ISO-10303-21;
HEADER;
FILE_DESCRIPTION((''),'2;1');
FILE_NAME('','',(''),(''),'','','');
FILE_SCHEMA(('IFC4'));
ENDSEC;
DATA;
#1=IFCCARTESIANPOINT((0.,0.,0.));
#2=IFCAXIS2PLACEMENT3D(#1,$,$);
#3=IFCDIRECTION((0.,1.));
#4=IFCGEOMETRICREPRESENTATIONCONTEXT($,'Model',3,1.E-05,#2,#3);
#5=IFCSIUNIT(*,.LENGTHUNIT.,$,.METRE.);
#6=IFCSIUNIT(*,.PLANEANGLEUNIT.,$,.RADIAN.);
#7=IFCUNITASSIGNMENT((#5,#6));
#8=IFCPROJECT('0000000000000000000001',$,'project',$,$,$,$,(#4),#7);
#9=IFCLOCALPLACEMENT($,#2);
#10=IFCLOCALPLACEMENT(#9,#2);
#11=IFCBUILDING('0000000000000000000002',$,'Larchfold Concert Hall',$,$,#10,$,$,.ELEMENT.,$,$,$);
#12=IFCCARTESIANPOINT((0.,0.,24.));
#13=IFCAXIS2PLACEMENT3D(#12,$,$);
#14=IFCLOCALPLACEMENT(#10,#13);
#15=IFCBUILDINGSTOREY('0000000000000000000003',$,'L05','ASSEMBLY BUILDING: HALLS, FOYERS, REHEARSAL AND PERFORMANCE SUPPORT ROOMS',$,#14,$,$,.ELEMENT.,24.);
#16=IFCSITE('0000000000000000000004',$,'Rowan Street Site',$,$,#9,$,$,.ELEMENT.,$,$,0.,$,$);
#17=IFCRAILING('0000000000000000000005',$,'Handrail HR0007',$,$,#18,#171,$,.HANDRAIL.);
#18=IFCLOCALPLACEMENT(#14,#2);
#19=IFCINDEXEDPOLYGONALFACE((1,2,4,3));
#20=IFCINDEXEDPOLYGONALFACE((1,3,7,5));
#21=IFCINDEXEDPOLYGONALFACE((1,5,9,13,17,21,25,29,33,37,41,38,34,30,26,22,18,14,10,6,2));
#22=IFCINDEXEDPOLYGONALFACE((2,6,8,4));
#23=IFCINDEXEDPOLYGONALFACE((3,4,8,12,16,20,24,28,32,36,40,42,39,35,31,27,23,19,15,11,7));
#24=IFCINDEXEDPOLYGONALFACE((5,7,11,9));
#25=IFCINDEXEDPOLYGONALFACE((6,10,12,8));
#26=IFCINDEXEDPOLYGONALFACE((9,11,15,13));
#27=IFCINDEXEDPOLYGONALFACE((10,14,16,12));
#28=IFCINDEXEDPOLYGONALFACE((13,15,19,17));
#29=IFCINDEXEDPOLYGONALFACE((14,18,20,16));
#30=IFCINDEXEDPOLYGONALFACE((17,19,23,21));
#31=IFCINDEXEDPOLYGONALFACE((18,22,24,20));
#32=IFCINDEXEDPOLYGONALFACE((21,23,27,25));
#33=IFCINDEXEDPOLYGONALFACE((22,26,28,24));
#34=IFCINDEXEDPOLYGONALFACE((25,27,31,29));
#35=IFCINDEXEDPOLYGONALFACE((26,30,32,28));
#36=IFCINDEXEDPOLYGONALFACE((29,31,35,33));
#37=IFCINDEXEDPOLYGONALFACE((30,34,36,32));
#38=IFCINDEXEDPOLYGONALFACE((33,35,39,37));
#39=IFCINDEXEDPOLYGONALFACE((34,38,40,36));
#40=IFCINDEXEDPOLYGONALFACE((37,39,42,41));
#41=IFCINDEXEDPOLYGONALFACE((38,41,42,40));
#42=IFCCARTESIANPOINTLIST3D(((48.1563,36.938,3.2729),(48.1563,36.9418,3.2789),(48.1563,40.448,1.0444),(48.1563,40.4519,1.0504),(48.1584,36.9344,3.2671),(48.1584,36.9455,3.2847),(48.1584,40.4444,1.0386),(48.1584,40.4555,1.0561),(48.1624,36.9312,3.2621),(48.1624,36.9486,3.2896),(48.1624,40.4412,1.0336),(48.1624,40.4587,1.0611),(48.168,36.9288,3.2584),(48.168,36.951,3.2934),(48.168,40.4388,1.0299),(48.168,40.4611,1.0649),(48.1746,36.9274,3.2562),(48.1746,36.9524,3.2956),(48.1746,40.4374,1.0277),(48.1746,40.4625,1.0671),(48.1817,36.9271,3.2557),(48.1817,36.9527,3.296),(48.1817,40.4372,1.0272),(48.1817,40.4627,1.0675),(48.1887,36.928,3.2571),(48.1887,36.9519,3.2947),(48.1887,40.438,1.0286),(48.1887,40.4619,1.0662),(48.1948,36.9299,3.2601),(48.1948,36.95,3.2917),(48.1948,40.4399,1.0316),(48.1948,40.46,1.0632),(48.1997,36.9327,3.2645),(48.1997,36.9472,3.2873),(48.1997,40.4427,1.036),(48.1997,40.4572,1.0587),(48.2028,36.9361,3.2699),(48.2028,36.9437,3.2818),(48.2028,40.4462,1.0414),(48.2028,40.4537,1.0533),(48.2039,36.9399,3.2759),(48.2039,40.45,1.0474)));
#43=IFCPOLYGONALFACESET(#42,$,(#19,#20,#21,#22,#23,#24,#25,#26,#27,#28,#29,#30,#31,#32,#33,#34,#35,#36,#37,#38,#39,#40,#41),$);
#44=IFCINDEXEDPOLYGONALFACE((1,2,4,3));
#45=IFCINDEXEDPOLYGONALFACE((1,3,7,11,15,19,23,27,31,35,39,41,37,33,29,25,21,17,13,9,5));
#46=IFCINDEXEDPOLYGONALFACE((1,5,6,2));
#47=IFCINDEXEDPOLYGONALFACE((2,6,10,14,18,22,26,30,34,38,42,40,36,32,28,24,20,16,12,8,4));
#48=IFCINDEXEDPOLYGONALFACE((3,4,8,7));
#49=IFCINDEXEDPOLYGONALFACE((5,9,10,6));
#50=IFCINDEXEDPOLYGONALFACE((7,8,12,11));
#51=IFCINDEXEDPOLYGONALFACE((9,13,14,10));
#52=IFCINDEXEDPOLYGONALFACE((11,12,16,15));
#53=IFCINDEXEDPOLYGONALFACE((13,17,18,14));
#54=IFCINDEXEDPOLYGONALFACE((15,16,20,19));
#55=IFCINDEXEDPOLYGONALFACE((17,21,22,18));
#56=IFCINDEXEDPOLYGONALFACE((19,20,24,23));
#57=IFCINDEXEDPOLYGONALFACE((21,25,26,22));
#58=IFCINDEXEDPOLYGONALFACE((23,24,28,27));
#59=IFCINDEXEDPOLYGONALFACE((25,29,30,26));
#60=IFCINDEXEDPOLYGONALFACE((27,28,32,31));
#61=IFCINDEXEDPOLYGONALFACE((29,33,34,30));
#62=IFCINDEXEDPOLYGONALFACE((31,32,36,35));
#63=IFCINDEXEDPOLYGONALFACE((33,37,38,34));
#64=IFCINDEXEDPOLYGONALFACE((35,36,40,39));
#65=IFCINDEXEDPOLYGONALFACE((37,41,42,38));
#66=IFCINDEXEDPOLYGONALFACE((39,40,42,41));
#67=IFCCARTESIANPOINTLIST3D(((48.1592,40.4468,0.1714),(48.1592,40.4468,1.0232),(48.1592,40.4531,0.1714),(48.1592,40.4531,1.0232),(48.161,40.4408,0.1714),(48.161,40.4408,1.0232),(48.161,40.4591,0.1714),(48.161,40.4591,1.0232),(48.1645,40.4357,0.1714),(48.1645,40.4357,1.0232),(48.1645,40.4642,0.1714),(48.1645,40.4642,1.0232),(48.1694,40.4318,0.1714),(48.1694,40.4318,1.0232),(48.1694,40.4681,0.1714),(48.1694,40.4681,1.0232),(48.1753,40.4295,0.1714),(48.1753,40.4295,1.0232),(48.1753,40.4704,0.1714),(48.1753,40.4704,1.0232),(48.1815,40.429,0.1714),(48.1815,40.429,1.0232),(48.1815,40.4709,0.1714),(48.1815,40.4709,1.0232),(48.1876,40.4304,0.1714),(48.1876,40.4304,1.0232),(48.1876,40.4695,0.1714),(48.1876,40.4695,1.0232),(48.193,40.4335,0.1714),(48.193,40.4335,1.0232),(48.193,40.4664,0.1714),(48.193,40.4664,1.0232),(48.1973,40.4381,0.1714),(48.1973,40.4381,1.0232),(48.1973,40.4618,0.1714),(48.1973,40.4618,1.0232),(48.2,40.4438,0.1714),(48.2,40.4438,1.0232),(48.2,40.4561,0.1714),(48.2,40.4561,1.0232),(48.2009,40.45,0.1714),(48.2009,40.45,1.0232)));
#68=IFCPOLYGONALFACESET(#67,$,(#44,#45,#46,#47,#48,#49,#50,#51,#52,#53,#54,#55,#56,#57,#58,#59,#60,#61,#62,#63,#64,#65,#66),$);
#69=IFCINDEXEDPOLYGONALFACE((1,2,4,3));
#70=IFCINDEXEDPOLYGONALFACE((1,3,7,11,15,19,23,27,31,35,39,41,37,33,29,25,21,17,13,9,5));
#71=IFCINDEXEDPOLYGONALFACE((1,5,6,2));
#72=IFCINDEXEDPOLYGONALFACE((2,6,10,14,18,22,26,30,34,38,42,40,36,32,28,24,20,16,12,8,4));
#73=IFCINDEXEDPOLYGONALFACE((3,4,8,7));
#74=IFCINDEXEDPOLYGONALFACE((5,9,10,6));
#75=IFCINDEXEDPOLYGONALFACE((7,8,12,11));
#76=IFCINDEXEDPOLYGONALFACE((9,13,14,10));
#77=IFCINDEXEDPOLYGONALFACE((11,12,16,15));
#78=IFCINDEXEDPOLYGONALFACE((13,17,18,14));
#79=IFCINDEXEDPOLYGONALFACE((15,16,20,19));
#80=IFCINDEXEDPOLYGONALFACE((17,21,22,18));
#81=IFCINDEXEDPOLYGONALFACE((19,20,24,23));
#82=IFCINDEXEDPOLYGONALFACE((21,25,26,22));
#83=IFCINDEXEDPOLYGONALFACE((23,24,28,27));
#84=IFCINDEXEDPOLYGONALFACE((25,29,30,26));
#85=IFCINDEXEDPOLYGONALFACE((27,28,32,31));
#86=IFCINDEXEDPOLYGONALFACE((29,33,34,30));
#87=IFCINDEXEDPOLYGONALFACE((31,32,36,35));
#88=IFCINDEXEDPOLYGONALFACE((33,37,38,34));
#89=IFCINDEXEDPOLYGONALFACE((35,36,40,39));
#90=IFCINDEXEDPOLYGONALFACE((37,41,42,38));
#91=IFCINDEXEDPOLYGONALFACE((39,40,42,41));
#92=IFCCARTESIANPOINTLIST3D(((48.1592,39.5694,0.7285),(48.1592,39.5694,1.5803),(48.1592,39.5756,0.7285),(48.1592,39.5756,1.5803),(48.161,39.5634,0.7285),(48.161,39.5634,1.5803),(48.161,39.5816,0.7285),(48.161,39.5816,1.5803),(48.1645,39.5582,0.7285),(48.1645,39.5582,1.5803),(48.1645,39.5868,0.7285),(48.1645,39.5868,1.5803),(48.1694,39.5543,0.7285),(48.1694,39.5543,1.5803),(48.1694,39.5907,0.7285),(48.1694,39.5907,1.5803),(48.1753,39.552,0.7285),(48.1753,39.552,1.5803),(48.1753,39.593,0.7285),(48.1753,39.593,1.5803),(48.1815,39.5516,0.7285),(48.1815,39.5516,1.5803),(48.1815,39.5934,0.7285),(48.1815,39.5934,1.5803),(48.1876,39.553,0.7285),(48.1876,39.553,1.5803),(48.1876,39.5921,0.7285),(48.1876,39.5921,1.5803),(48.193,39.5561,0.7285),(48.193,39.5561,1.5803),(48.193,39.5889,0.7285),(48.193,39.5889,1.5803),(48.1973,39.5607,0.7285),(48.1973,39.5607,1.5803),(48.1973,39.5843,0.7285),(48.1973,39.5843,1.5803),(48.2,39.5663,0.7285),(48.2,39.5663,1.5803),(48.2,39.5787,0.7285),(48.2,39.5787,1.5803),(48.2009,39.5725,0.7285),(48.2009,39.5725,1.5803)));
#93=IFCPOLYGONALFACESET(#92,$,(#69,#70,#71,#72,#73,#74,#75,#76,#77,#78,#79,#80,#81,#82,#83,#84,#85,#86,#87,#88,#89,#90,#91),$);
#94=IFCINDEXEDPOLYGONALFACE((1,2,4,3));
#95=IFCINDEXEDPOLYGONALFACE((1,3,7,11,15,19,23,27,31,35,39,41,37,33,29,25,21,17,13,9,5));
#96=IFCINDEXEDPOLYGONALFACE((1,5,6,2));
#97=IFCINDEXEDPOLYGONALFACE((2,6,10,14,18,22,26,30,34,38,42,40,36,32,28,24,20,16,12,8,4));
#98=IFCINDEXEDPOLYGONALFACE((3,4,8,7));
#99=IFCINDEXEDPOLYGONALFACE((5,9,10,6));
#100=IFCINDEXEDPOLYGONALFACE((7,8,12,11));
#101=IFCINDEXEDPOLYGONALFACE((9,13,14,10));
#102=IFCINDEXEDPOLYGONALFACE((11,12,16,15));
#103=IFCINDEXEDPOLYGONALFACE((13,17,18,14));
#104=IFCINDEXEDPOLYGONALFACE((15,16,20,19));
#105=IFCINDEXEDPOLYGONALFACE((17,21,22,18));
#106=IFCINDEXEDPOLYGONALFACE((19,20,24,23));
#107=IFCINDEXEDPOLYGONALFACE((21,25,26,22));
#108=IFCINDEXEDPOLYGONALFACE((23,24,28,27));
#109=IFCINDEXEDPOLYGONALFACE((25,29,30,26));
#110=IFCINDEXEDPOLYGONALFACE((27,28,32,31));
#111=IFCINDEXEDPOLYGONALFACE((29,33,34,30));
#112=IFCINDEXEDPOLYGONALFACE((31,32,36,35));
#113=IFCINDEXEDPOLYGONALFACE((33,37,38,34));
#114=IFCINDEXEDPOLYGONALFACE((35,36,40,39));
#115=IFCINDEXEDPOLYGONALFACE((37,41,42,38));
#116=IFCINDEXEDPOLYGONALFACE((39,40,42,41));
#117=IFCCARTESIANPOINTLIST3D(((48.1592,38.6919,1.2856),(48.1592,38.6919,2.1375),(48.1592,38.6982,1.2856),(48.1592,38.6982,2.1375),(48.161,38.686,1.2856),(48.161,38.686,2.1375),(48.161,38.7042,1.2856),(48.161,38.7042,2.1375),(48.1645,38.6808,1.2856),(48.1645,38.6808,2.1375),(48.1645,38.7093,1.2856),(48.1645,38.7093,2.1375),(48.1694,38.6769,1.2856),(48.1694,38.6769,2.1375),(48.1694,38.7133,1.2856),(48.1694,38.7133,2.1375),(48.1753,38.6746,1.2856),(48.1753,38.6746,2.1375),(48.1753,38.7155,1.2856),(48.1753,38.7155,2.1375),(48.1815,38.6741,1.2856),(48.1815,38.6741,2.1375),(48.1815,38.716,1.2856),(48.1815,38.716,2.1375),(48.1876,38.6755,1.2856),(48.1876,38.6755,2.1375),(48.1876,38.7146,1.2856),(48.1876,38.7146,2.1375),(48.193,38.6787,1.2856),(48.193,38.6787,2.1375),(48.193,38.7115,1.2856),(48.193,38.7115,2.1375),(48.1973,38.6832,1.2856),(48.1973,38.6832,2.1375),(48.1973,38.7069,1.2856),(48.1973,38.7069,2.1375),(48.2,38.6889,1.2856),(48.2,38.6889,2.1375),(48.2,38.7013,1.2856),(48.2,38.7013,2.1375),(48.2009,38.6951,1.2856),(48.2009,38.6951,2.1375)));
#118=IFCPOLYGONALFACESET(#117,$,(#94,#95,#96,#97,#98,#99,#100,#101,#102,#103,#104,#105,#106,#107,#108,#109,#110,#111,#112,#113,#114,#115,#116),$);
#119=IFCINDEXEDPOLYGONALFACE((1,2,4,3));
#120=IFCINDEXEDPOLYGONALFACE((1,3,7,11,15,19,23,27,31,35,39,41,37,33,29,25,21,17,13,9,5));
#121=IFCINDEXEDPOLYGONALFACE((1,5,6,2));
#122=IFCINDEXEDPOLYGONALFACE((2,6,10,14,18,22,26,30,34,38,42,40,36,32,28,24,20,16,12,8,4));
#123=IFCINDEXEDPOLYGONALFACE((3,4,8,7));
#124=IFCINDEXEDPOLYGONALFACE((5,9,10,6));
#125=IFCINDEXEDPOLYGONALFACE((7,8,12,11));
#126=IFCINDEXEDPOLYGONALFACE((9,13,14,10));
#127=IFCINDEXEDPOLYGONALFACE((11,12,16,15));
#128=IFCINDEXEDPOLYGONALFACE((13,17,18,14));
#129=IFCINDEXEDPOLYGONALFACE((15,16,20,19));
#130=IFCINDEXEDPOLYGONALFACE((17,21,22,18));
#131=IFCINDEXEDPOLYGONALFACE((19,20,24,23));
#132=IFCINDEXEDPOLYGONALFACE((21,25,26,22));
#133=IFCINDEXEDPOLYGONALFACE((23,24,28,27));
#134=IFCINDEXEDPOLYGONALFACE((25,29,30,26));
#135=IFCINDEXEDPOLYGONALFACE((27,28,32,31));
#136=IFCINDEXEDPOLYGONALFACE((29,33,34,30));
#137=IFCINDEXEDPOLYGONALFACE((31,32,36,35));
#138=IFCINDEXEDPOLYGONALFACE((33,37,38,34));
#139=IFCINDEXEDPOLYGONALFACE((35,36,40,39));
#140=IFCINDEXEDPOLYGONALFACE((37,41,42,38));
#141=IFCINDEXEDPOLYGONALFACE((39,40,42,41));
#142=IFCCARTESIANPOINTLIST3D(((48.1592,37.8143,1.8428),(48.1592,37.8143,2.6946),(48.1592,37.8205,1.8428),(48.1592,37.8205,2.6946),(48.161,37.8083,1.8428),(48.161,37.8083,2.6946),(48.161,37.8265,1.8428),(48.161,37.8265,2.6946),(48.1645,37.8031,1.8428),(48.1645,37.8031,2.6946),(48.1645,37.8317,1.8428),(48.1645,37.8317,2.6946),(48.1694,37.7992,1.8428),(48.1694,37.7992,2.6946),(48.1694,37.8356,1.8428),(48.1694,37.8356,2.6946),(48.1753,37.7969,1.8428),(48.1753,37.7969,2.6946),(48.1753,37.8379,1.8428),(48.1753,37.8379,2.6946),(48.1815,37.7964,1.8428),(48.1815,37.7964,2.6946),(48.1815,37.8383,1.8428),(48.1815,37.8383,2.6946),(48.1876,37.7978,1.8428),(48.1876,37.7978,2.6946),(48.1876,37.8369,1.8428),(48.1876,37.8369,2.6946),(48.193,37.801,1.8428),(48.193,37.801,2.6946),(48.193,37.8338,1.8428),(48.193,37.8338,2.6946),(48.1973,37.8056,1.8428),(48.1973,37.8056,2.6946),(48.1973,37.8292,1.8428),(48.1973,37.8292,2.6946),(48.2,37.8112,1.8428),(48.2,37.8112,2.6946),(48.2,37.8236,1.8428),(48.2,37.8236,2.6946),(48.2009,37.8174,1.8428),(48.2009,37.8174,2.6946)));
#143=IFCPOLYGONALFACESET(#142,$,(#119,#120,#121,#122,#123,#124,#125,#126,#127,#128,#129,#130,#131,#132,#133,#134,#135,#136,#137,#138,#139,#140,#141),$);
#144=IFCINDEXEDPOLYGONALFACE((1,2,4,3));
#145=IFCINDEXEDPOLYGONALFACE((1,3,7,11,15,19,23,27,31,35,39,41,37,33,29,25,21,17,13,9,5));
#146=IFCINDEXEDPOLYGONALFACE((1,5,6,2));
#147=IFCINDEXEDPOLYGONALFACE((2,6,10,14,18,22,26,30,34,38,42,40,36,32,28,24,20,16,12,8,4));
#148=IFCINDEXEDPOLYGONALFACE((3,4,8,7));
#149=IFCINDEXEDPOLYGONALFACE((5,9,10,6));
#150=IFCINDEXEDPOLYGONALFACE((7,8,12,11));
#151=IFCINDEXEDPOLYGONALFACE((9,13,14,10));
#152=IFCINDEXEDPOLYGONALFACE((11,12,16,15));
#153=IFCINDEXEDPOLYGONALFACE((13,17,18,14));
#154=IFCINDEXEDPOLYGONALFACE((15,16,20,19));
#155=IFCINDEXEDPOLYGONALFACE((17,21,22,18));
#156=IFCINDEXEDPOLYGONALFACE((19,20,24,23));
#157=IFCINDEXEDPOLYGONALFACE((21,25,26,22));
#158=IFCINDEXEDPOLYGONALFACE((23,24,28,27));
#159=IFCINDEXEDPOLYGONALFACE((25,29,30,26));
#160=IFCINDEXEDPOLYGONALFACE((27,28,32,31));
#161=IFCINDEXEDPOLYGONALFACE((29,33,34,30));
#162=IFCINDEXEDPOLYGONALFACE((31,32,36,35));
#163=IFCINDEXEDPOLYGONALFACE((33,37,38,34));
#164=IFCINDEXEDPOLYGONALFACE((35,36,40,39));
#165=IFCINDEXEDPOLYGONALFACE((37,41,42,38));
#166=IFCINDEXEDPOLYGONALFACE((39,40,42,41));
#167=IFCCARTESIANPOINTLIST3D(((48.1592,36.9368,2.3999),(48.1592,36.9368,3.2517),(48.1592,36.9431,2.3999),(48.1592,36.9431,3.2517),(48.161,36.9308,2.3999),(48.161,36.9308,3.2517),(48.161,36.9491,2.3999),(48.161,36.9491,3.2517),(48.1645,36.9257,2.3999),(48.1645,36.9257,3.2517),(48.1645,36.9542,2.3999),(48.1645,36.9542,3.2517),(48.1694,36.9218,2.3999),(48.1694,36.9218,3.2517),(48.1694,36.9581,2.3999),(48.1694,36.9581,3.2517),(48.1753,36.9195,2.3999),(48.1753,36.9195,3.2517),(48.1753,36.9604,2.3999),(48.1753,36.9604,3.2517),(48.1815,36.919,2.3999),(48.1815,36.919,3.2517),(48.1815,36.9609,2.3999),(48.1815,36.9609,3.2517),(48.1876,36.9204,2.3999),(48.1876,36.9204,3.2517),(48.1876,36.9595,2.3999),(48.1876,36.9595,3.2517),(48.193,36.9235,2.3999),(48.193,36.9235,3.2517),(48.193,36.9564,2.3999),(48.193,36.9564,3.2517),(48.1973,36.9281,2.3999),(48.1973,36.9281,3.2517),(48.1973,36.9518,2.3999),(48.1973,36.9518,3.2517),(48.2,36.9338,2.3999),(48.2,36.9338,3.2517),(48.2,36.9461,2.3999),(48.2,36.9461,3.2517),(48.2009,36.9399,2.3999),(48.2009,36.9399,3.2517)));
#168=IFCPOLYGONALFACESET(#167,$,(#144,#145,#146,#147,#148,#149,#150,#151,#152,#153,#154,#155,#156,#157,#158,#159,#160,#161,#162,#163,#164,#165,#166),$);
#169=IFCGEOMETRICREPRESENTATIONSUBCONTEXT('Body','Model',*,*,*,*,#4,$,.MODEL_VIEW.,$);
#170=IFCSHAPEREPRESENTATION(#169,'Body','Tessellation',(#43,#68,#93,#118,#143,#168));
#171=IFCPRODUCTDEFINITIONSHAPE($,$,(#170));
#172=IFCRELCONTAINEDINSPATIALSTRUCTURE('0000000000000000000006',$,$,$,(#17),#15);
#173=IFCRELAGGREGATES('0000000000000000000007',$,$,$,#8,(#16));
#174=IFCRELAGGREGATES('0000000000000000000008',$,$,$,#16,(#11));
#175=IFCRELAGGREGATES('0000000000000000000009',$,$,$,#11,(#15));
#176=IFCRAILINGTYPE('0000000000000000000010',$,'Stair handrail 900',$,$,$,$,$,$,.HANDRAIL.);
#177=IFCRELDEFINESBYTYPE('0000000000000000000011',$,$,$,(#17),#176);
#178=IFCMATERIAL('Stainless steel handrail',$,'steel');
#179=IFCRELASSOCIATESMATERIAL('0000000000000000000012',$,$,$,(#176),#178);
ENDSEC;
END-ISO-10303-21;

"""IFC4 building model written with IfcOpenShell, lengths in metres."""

from ifc_helpers import new_model, si_unit, direction, frame, origin, origin_2d, place, context, subcontext, project, spatial, circle, extrude, material, type_object, element, save


model = new_model("IFC4")

# Units and contexts
model_context = context("Model", 3, precision=1e-05, world=origin(), true_north=direction((0.0, 1.0)))
body_context = subcontext(model_context, "Body", "Model", "MODEL_VIEW")
ifc_project = project(units=[si_unit("LENGTHUNIT", "METRE"), si_unit("PLANEANGLEUNIT", "RADIAN")], contexts=[model_context])

# Site, building, storey
site_placement = place(None, origin())
site = spatial("IfcSite", under=ifc_project, at=site_placement, Name="Rowan Street Site", CompositionType="ELEMENT", RefElevation=0.0)
building_placement = place(site_placement, origin())
building = spatial("IfcBuilding", under=site, at=building_placement, Name="Larchfold Concert Hall", CompositionType="ELEMENT")
storey_placement = place(building_placement, frame((0.0, 0.0, 24.0)))
storey = spatial("IfcBuildingStorey", under=building, at=storey_placement, Name="L05", Description="ASSEMBLY BUILDING: HALLS, FOYERS, REHEARSAL AND PERFORMANCE SUPPORT ROOMS", CompositionType="ELEMENT", Elevation=24.0)

# Railing
ifc_material_1 = material(Name="Stainless steel handrail", Category="steel")
railing_type_1 = type_object("IfcRailingType", Name="Stair handrail 900", PredefinedType="HANDRAIL", material=ifc_material_1)
railing_1_placement = place(storey_placement, frame((48.1799, 40.45, 0.1714)))
element("IfcRailing", 1, at=railing_1_placement, inside=storey, type_object=railing_type_1, Name="Handrail HR0007", PredefinedType="HANDRAIL", context=body_context, shape_type="SweptSolid", body=[
    extrude(circle(Radius=0.0239, at=origin_2d()), frame((0.0, 0.0, 0.876), z_axis=(0.0, -0.84422, 0.535998), x_axis=(1.0, 0.0, 0.0)), (0.0, 0.0, 1.0), 4.1577),
    extrude(circle(Radius=0.021, at=origin_2d()), origin(), (0.0, 0.0, 1.0), 0.8518),
    extrude(circle(Radius=0.021, at=origin_2d()), frame((0.0, -0.8774, 0.5571)), (0.0, 0.0, 1.0), 0.8518),
    extrude(circle(Radius=0.021, at=origin_2d()), frame((0.0, -1.7549, 1.1143)), (0.0, 0.0, 1.0), 0.8518),
    extrude(circle(Radius=0.021, at=origin_2d()), frame((0.0, -2.6326, 1.6714)), (0.0, 0.0, 1.0), 0.8518),
    extrude(circle(Radius=0.021, at=origin_2d()), frame((0.0, -3.51, 2.2285)), (0.0, 0.0, 1.0), 0.8518),
])

save(model, "model.ifc")
